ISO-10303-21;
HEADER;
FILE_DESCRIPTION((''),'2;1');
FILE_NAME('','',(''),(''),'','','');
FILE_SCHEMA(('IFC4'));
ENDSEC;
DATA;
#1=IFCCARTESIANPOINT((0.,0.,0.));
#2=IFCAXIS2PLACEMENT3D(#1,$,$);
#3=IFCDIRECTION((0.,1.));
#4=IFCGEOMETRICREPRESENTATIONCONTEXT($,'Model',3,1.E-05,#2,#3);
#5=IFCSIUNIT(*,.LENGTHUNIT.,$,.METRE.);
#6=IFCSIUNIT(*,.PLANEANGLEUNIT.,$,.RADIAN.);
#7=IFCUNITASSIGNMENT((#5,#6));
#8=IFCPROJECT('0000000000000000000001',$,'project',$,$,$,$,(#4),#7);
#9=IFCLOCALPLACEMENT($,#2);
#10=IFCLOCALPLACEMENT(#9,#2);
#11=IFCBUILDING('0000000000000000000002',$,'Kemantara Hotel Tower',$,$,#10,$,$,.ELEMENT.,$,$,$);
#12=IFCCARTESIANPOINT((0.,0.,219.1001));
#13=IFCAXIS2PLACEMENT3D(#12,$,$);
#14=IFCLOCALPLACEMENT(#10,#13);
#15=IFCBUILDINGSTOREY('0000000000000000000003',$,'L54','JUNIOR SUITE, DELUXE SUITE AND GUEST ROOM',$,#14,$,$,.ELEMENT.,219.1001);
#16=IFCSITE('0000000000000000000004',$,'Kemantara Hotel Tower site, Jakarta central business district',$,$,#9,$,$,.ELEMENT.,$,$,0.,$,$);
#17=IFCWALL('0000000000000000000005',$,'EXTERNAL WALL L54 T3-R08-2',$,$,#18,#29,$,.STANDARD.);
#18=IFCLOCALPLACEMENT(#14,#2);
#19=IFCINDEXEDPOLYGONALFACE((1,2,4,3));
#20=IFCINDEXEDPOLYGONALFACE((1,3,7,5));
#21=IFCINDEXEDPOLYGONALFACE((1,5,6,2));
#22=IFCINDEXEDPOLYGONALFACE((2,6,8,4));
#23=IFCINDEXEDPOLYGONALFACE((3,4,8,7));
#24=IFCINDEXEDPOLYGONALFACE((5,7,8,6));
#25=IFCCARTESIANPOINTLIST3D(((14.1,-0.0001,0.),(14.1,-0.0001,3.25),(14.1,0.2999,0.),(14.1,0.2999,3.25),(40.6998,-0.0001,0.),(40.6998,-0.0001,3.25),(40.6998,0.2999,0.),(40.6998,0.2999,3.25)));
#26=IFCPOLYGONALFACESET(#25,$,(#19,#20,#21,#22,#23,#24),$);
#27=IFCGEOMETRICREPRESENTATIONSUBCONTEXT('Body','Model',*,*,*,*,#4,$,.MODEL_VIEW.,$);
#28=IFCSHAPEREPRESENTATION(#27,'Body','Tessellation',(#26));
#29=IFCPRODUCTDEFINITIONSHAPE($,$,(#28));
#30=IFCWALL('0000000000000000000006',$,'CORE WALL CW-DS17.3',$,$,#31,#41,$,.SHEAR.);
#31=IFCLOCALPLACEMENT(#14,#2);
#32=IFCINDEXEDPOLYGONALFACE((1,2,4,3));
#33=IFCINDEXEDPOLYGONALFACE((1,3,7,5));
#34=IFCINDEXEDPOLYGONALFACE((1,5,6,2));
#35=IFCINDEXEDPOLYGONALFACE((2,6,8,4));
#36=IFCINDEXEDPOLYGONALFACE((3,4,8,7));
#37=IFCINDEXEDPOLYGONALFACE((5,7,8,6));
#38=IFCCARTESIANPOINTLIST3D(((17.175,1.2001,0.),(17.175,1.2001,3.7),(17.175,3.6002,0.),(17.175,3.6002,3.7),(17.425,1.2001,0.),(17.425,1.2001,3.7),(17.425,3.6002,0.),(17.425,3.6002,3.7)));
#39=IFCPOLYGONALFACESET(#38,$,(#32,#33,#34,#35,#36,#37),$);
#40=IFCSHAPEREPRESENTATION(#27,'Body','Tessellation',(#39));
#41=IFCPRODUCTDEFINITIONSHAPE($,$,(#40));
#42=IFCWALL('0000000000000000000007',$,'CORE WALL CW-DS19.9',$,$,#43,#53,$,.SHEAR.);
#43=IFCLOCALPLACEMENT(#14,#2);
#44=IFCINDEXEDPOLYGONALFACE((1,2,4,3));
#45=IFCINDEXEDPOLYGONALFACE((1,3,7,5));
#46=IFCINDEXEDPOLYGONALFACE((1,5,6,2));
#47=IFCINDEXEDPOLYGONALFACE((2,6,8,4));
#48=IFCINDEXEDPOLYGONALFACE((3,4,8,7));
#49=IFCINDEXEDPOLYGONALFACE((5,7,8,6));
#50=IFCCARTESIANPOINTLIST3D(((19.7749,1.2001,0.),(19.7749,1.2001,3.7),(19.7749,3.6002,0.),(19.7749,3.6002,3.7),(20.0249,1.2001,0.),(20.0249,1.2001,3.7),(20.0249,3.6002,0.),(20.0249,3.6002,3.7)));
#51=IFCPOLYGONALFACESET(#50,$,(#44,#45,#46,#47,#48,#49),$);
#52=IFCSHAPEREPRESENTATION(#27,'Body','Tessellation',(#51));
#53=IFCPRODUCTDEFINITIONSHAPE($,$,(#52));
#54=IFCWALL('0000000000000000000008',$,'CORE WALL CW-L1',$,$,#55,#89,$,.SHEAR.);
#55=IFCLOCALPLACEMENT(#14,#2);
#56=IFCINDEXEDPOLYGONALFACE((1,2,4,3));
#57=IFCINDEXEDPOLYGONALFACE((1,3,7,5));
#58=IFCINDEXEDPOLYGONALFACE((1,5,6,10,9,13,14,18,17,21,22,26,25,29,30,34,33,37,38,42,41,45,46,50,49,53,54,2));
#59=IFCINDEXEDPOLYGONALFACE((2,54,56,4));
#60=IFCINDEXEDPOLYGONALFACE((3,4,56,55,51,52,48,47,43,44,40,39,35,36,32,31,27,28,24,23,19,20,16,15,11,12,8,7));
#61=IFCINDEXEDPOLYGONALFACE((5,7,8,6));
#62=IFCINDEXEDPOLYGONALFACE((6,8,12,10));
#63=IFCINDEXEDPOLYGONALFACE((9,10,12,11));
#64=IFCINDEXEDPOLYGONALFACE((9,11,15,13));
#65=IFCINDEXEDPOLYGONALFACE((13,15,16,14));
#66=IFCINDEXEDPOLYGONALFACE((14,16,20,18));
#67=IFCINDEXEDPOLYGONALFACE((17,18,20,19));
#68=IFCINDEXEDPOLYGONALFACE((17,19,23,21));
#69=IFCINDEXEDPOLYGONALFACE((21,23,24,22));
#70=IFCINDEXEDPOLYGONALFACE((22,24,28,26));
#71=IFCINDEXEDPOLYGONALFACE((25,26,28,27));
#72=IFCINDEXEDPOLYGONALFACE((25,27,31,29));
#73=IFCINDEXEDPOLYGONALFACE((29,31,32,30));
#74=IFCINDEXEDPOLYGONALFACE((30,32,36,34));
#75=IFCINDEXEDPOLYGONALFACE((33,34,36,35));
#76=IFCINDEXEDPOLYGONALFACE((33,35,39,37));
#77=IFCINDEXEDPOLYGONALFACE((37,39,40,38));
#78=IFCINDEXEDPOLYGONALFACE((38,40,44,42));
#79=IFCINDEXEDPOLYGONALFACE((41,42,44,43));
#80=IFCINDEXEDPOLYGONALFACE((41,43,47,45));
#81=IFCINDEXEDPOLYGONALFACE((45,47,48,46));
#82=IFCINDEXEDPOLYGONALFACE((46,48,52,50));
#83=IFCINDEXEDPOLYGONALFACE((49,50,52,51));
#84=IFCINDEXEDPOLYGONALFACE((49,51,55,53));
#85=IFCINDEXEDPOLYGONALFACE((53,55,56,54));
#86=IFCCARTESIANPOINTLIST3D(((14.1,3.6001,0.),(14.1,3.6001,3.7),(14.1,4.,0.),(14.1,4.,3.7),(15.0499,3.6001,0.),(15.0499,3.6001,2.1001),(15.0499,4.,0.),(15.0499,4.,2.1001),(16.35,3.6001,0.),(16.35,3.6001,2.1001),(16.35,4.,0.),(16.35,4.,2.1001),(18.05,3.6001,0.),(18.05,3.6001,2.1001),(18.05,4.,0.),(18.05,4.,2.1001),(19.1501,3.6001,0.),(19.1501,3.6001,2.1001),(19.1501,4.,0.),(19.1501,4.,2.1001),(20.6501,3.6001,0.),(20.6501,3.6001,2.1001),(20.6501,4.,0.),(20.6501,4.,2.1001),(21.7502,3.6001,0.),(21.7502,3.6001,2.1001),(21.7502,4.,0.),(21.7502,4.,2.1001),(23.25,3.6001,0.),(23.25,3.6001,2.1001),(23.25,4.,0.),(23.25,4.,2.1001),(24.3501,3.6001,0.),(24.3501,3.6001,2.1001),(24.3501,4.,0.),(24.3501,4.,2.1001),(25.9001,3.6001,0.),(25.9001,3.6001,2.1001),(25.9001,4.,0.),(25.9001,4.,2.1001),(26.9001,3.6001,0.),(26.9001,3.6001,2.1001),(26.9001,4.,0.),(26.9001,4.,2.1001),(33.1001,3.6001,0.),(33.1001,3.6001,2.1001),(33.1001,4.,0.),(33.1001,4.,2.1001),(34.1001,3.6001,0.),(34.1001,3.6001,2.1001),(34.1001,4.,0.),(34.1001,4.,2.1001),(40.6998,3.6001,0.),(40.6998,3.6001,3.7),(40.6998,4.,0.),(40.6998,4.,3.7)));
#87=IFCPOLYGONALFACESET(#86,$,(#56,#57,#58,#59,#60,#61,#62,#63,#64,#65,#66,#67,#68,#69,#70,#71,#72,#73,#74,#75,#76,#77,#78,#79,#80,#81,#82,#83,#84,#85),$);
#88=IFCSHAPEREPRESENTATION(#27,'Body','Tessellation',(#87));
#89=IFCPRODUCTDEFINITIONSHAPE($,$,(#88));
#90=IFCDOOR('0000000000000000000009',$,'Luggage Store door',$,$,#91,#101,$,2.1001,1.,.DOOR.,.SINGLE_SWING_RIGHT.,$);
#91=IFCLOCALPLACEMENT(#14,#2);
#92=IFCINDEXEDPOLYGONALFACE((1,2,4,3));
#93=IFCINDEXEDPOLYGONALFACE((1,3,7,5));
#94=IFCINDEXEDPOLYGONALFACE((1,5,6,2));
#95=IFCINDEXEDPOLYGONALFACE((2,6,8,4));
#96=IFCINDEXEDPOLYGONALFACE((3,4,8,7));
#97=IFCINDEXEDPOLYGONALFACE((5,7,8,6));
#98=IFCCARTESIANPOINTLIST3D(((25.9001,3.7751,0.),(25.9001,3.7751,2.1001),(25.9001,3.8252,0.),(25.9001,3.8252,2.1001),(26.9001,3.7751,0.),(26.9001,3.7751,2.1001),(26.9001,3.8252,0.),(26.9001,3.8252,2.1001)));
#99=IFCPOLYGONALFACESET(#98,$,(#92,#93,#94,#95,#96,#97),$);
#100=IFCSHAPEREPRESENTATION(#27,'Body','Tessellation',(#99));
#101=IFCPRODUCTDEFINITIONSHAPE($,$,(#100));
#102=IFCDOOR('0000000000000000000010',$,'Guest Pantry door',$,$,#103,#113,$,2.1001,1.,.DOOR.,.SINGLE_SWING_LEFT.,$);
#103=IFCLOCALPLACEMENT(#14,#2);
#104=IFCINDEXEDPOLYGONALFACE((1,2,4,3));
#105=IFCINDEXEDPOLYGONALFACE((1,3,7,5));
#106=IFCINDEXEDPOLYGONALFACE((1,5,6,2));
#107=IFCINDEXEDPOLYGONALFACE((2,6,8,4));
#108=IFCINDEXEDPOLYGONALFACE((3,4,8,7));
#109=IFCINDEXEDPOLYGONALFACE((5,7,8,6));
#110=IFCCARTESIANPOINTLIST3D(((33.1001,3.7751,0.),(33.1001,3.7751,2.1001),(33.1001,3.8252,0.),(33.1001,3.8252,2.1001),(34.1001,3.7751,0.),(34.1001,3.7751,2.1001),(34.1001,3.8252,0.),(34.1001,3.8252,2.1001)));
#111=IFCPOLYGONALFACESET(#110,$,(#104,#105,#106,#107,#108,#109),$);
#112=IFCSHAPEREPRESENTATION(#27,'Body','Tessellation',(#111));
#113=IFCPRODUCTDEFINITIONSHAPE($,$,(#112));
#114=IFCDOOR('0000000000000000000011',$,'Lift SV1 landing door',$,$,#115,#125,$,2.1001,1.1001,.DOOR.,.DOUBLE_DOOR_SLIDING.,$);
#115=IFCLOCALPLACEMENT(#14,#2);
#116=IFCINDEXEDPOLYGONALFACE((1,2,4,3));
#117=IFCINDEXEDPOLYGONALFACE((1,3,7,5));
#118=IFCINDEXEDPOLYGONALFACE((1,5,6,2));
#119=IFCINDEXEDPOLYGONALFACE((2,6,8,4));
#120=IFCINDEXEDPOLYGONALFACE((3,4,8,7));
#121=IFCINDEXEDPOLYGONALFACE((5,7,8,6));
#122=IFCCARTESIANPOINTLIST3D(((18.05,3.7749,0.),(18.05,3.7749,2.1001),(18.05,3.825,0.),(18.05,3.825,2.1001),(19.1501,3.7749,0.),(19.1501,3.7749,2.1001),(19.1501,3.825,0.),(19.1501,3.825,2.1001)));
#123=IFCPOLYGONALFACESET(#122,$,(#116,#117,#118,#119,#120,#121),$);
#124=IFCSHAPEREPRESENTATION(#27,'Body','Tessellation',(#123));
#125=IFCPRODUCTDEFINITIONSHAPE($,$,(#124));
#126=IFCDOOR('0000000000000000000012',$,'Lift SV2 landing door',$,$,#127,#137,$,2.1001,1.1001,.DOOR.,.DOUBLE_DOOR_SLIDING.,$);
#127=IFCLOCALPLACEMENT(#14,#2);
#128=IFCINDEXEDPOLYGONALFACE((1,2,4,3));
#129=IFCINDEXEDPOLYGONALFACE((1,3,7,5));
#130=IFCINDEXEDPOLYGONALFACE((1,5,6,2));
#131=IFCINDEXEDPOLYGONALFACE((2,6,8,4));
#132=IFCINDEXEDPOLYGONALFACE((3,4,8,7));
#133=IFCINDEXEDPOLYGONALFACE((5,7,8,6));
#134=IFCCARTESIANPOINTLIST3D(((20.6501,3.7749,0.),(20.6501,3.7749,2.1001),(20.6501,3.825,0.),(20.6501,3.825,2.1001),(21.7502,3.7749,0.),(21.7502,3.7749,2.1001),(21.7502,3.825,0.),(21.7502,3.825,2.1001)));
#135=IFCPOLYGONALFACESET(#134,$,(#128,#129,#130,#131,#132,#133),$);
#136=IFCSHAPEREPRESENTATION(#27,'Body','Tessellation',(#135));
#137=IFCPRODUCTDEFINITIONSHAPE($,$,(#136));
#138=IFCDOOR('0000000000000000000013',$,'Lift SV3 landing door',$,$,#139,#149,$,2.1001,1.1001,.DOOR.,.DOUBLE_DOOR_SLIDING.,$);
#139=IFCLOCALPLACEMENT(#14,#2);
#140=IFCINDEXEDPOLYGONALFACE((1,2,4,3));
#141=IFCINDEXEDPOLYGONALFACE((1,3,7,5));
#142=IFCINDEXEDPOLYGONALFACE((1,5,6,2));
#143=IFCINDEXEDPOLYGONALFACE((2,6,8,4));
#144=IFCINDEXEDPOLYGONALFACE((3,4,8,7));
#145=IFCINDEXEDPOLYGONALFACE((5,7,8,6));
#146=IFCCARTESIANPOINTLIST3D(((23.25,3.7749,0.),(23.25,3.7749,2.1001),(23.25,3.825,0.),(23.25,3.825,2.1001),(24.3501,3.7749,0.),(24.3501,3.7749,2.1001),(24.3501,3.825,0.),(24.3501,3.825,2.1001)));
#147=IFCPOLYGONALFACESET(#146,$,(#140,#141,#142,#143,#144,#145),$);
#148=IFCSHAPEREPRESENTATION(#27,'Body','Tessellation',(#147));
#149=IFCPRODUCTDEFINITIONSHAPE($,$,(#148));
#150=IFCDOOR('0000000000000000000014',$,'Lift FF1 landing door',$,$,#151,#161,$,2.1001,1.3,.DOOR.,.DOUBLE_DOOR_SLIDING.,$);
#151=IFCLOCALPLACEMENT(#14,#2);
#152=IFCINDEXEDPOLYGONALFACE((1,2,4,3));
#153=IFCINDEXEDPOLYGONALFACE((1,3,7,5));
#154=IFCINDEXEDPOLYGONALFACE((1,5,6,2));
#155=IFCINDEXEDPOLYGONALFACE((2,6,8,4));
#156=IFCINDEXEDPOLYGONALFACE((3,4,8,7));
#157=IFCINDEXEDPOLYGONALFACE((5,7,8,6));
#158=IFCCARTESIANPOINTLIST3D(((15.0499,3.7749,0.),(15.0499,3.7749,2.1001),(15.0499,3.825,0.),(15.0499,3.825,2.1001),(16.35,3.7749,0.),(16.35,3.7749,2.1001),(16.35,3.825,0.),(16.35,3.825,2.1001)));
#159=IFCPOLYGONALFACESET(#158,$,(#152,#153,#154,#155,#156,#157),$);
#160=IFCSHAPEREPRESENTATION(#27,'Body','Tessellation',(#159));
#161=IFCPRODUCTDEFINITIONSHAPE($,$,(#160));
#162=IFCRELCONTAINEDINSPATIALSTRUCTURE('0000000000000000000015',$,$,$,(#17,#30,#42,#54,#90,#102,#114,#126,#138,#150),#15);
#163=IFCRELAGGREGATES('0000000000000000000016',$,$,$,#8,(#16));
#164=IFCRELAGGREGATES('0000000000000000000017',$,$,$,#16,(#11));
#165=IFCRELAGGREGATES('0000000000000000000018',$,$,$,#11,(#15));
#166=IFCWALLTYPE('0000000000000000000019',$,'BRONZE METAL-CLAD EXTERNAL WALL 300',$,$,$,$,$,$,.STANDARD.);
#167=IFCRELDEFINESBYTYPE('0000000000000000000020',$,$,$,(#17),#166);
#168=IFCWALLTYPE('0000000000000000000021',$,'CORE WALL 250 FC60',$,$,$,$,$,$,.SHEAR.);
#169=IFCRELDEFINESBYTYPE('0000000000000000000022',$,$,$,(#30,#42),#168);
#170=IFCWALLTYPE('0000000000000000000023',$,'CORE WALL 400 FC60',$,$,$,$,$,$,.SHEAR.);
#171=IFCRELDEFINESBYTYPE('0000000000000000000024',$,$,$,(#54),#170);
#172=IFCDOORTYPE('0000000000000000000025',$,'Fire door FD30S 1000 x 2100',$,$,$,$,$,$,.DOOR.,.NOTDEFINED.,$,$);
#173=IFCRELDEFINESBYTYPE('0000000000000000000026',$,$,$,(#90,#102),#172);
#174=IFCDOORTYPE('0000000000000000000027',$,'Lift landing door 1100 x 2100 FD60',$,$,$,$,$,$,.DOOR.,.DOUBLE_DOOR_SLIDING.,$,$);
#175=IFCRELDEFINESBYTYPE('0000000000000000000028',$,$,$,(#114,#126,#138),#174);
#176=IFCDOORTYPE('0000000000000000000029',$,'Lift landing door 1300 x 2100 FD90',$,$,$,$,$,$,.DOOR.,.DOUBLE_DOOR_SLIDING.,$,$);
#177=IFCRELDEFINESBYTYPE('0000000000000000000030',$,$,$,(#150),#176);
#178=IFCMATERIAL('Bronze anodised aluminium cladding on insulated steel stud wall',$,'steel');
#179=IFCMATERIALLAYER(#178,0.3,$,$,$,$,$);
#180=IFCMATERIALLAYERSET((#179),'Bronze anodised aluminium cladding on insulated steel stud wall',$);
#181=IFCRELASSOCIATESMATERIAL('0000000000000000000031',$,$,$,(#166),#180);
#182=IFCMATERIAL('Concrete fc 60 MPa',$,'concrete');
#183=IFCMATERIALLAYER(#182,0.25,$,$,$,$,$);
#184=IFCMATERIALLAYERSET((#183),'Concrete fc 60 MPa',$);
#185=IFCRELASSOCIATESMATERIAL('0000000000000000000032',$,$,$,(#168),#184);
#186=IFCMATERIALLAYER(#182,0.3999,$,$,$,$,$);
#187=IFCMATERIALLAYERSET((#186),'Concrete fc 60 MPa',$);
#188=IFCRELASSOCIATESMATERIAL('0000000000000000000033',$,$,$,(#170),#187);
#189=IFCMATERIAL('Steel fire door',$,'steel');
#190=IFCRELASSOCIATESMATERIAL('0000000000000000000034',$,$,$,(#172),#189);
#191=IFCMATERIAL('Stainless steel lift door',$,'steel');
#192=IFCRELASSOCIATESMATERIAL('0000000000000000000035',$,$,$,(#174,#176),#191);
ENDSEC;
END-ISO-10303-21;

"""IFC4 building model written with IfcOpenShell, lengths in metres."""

from ifc_helpers import new_model, si_unit, direction, frame, frame_2d, origin, place, context, subcontext, project, spatial, rectangle, extrude, material, layer, layer_set, type_object, element, fill, save


model = new_model("IFC4")

# Units and contexts
model_context = context("Model", 3, precision=1e-05, world=origin(), true_north=direction((0.0, 1.0)))
body_context = subcontext(model_context, "Body", "Model", "MODEL_VIEW")
ifc_project = project(units=[si_unit("LENGTHUNIT", "METRE"), si_unit("PLANEANGLEUNIT", "RADIAN")], contexts=[model_context])

# Site, building, storey
site_placement = place(None, origin())
site = spatial("IfcSite", under=ifc_project, at=site_placement, Name="Kemantara Hotel Tower site, Jakarta central business district", CompositionType="ELEMENT", RefElevation=0.0)
building_placement = place(site_placement, origin())
building = spatial("IfcBuilding", under=site, at=building_placement, Name="Kemantara Hotel Tower", CompositionType="ELEMENT")
storey_placement = place(building_placement, frame((0.0, 0.0, 219.1001)))
storey = spatial("IfcBuildingStorey", under=building, at=storey_placement, Name="L54", Description="JUNIOR SUITE, DELUXE SUITE AND GUEST ROOM", CompositionType="ELEMENT", Elevation=219.1001)

# Walls
ifc_material_1 = material(Name="Bronze anodised aluminium cladding on insulated steel stud wall", Category="steel")
ifc_layer_1 = layer(ifc_material_1, 0.3)
ifc_layer_set_1 = layer_set([ifc_layer_1], Name="Bronze anodised aluminium cladding on insulated steel stud wall")
wall_type_1 = type_object("IfcWallType", Name="BRONZE METAL-CLAD EXTERNAL WALL 300", PredefinedType="STANDARD", material=ifc_layer_set_1)
wall_1_placement = place(storey_placement, frame((14.1001, 0.1499, 0.0), z_axis=(0.0, 0.0, 1.0), x_axis=(1.0, 0.0, 0.0)))
element("IfcWall", 1, at=wall_1_placement, inside=storey, type_object=wall_type_1, Name="EXTERNAL WALL L54 T3-R08-2", PredefinedType="STANDARD", context=body_context, shape_type="SweptSolid", body=[
    extrude(rectangle(XDim=26.5999, YDim=0.3, at=frame_2d((13.2998, 0.0))), origin(), (0.0, 0.0, 1.0), 3.25),
])
ifc_material_2 = material(Name="Concrete fc 60 MPa", Category="concrete")
ifc_layer_2 = layer(ifc_material_2, 0.25)
ifc_layer_set_2 = layer_set([ifc_layer_2], Name="Concrete fc 60 MPa")
wall_type_2 = type_object("IfcWallType", Name="CORE WALL 250 FC60", PredefinedType="SHEAR", material=ifc_layer_set_2)
for number, where, z_axis, x_axis, name in (
    (2, (17.3, 1.2, 0.0), (0.0, 0.0, 1.0), (0.0, 1.0, 0.0), "CORE WALL CW-DS17.3"),
    (3, (19.8999, 1.2, 0.0), (0.0, 0.0, 1.0), (0.0, 1.0, 0.0), "CORE WALL CW-DS19.9"),
):
    element("IfcWall", number, at=place(storey_placement, frame(where, z_axis=z_axis, x_axis=x_axis)), inside=storey, type_object=wall_type_2, Name=name, PredefinedType="SHEAR", context=body_context, shape_type="SweptSolid", body=[
        extrude(rectangle(XDim=2.4001, YDim=0.25, at=frame_2d((1.2002, 0.0))), origin(), (0.0, 0.0, 1.0), 3.7),
    ])

# Wall, openings, doors
ifc_layer_3 = layer(ifc_material_2, 0.3999)
ifc_layer_set_3 = layer_set([ifc_layer_3], Name="Concrete fc 60 MPa")
wall_type_3 = type_object("IfcWallType", Name="CORE WALL 400 FC60", PredefinedType="SHEAR", material=ifc_layer_set_3)
wall_2_placement = place(storey_placement, frame((14.1001, 3.8, 0.0), z_axis=(0.0, 0.0, 1.0), x_axis=(1.0, 0.0, 0.0)))
wall_2 = element("IfcWall", 4, at=wall_2_placement, inside=storey, type_object=wall_type_3, Name="CORE WALL CW-L1", PredefinedType="SHEAR", context=body_context, shape_type="SweptSolid", body=[
    extrude(rectangle(XDim=26.5999, YDim=0.3999, at=frame_2d((13.2998, 0.0))), origin(), (0.0, 0.0, 1.0), 3.7),
])
opening_1_placement = place(wall_2_placement, frame((0.95, 0.0, 0.0)))
opening_1 = element("IfcOpeningElement", 5, at=opening_1_placement, cuts=wall_2, PredefinedType="OPENING", context=body_context, shape_type="SweptSolid", body=[
    extrude(rectangle(XDim=1.3, YDim=2.1001, at=frame_2d((0.6499, 1.05))), frame((0.0, 0.21, 0.0), z_axis=(0.0, -1.0, 0.0), x_axis=(1.0, 0.0, 0.0)), (0.0, 0.0, 1.0), 0.4199),
])
opening_2_placement = place(wall_2_placement, frame((3.95, 0.0, 0.0)))
opening_2 = element("IfcOpeningElement", 6, at=opening_2_placement, cuts=wall_2, PredefinedType="OPENING", context=body_context, shape_type="SweptSolid", body=[
    extrude(rectangle(XDim=1.1001, YDim=2.1001, at=frame_2d((0.55, 1.05))), frame((0.0, 0.21, 0.0), z_axis=(0.0, -1.0, 0.0), x_axis=(1.0, 0.0, 0.0)), (0.0, 0.0, 1.0), 0.4199),
])
opening_3_placement = place(wall_2_placement, frame((6.55, 0.0, 0.0)))
opening_3 = element("IfcOpeningElement", 7, at=opening_3_placement, cuts=wall_2, PredefinedType="OPENING", context=body_context, shape_type="SweptSolid", body=[
    extrude(rectangle(XDim=1.1001, YDim=2.1001, at=frame_2d((0.55, 1.05))), frame((0.0, 0.21, 0.0), z_axis=(0.0, -1.0, 0.0), x_axis=(1.0, 0.0, 0.0)), (0.0, 0.0, 1.0), 0.4199),
])
opening_4_placement = place(wall_2_placement, frame((9.1499, 0.0, 0.0)))
opening_4 = element("IfcOpeningElement", 8, at=opening_4_placement, cuts=wall_2, PredefinedType="OPENING", context=body_context, shape_type="SweptSolid", body=[
    extrude(rectangle(XDim=1.1001, YDim=2.1001, at=frame_2d((0.55, 1.05))), frame((0.0, 0.21, 0.0), z_axis=(0.0, -1.0, 0.0), x_axis=(1.0, 0.0, 0.0)), (0.0, 0.0, 1.0), 0.4199),
])
opening_5_placement = place(wall_2_placement, frame((11.8, 0.0, 0.0)))
opening_5 = element("IfcOpeningElement", 9, at=opening_5_placement, cuts=wall_2, PredefinedType="OPENING", context=body_context, shape_type="SweptSolid", body=[
    extrude(rectangle(XDim=1.0, YDim=2.1001, at=frame_2d((0.5, 1.05))), frame((0.0, 0.21, 0.0), z_axis=(0.0, -1.0, 0.0), x_axis=(1.0, 0.0, 0.0)), (0.0, 0.0, 1.0), 0.4199),
])
opening_6_placement = place(wall_2_placement, frame((19.0, 0.0, 0.0)))
opening_6 = element("IfcOpeningElement", 10, at=opening_6_placement, cuts=wall_2, PredefinedType="OPENING", context=body_context, shape_type="SweptSolid", body=[
    extrude(rectangle(XDim=1.0, YDim=2.1001, at=frame_2d((0.5, 1.05))), frame((0.0, 0.21, 0.0), z_axis=(0.0, -1.0, 0.0), x_axis=(1.0, 0.0, 0.0)), (0.0, 0.0, 1.0), 0.4199),
])
ifc_material_3 = material(Name="Steel fire door", Category="steel")
door_type_1 = type_object("IfcDoorType", Name="Fire door FD30S 1000 x 2100", OperationType="NOTDEFINED", PredefinedType="DOOR", material=ifc_material_3)
door_1_placement = place(opening_5_placement, frame((1.0, 0.0, 0.0), z_axis=(0.0, 0.0, 1.0), x_axis=(-1.0, 0.0, 0.0)))
door_1 = element("IfcDoor", 11, at=door_1_placement, inside=storey, type_object=door_type_1, Name="Luggage Store door", OperationType="SINGLE_SWING_RIGHT", OverallHeight=2.1001, OverallWidth=1.0, PredefinedType="DOOR", context=body_context, shape_type="SweptSolid", body=[
    extrude(rectangle(XDim=1.0, YDim=2.1001, at=frame_2d((0.5, 1.05))), frame((0.0, 0.0249, 0.0), z_axis=(0.0, -1.0, 0.0), x_axis=(1.0, 0.0, 0.0)), (0.0, 0.0, 1.0), 0.05),
])
fill(opening_5, door_1)
door_2_placement = place(opening_6_placement, frame((1.0, 0.0, 0.0), z_axis=(0.0, 0.0, 1.0), x_axis=(-1.0, 0.0, 0.0)))
door_2 = element("IfcDoor", 12, at=door_2_placement, inside=storey, type_object=door_type_1, Name="Guest Pantry door", OperationType="SINGLE_SWING_LEFT", OverallHeight=2.1001, OverallWidth=1.0, PredefinedType="DOOR", context=body_context, shape_type="SweptSolid", body=[
    extrude(rectangle(XDim=1.0, YDim=2.1001, at=frame_2d((0.5, 1.05))), frame((0.0, 0.0249, 0.0), z_axis=(0.0, -1.0, 0.0), x_axis=(1.0, 0.0, 0.0)), (0.0, 0.0, 1.0), 0.05),
])
fill(opening_6, door_2)
ifc_material_4 = material(Name="Stainless steel lift door", Category="steel")
door_type_2 = type_object("IfcDoorType", Name="Lift landing door 1100 x 2100 FD60", OperationType="DOUBLE_DOOR_SLIDING", PredefinedType="DOOR", material=ifc_material_4)
door_3_placement = place(opening_2_placement, origin())
door_3 = element("IfcDoor", 13, at=door_3_placement, inside=storey, type_object=door_type_2, Name="Lift SV1 landing door", OperationType="DOUBLE_DOOR_SLIDING", OverallHeight=2.1001, OverallWidth=1.1001, PredefinedType="DOOR", context=body_context, shape_type="SweptSolid", body=[
    extrude(rectangle(XDim=1.1001, YDim=2.1001, at=frame_2d((0.55, 1.05))), frame((0.0, 0.0249, 0.0), z_axis=(0.0, -1.0, 0.0), x_axis=(1.0, 0.0, 0.0)), (0.0, 0.0, 1.0), 0.05),
])
fill(opening_2, door_3)
door_4_placement = place(opening_3_placement, origin())
door_4 = element("IfcDoor", 14, at=door_4_placement, inside=storey, type_object=door_type_2, Name="Lift SV2 landing door", OperationType="DOUBLE_DOOR_SLIDING", OverallHeight=2.1001, OverallWidth=1.1001, PredefinedType="DOOR", context=body_context, shape_type="SweptSolid", body=[
    extrude(rectangle(XDim=1.1001, YDim=2.1001, at=frame_2d((0.55, 1.05))), frame((0.0, 0.0249, 0.0), z_axis=(0.0, -1.0, 0.0), x_axis=(1.0, 0.0, 0.0)), (0.0, 0.0, 1.0), 0.05),
])
fill(opening_3, door_4)
door_5_placement = place(opening_4_placement, origin())
door_5 = element("IfcDoor", 15, at=door_5_placement, inside=storey, type_object=door_type_2, Name="Lift SV3 landing door", OperationType="DOUBLE_DOOR_SLIDING", OverallHeight=2.1001, OverallWidth=1.1001, PredefinedType="DOOR", context=body_context, shape_type="SweptSolid", body=[
    extrude(rectangle(XDim=1.1001, YDim=2.1001, at=frame_2d((0.55, 1.05))), frame((0.0, 0.0249, 0.0), z_axis=(0.0, -1.0, 0.0), x_axis=(1.0, 0.0, 0.0)), (0.0, 0.0, 1.0), 0.05),
])
fill(opening_4, door_5)
door_type_3 = type_object("IfcDoorType", Name="Lift landing door 1300 x 2100 FD90", OperationType="DOUBLE_DOOR_SLIDING", PredefinedType="DOOR", material=ifc_material_4)
door_6_placement = place(opening_1_placement, origin())
door_6 = element("IfcDoor", 16, at=door_6_placement, inside=storey, type_object=door_type_3, Name="Lift FF1 landing door", OperationType="DOUBLE_DOOR_SLIDING", OverallHeight=2.1001, OverallWidth=1.3, PredefinedType="DOOR", context=body_context, shape_type="SweptSolid", body=[
    extrude(rectangle(XDim=1.3, YDim=2.1001, at=frame_2d((0.6499, 1.05))), frame((0.0, 0.0249, 0.0), z_axis=(0.0, -1.0, 0.0), x_axis=(1.0, 0.0, 0.0)), (0.0, 0.0, 1.0), 0.05),
])
fill(opening_1, door_6)

save(model, "model.ifc")
